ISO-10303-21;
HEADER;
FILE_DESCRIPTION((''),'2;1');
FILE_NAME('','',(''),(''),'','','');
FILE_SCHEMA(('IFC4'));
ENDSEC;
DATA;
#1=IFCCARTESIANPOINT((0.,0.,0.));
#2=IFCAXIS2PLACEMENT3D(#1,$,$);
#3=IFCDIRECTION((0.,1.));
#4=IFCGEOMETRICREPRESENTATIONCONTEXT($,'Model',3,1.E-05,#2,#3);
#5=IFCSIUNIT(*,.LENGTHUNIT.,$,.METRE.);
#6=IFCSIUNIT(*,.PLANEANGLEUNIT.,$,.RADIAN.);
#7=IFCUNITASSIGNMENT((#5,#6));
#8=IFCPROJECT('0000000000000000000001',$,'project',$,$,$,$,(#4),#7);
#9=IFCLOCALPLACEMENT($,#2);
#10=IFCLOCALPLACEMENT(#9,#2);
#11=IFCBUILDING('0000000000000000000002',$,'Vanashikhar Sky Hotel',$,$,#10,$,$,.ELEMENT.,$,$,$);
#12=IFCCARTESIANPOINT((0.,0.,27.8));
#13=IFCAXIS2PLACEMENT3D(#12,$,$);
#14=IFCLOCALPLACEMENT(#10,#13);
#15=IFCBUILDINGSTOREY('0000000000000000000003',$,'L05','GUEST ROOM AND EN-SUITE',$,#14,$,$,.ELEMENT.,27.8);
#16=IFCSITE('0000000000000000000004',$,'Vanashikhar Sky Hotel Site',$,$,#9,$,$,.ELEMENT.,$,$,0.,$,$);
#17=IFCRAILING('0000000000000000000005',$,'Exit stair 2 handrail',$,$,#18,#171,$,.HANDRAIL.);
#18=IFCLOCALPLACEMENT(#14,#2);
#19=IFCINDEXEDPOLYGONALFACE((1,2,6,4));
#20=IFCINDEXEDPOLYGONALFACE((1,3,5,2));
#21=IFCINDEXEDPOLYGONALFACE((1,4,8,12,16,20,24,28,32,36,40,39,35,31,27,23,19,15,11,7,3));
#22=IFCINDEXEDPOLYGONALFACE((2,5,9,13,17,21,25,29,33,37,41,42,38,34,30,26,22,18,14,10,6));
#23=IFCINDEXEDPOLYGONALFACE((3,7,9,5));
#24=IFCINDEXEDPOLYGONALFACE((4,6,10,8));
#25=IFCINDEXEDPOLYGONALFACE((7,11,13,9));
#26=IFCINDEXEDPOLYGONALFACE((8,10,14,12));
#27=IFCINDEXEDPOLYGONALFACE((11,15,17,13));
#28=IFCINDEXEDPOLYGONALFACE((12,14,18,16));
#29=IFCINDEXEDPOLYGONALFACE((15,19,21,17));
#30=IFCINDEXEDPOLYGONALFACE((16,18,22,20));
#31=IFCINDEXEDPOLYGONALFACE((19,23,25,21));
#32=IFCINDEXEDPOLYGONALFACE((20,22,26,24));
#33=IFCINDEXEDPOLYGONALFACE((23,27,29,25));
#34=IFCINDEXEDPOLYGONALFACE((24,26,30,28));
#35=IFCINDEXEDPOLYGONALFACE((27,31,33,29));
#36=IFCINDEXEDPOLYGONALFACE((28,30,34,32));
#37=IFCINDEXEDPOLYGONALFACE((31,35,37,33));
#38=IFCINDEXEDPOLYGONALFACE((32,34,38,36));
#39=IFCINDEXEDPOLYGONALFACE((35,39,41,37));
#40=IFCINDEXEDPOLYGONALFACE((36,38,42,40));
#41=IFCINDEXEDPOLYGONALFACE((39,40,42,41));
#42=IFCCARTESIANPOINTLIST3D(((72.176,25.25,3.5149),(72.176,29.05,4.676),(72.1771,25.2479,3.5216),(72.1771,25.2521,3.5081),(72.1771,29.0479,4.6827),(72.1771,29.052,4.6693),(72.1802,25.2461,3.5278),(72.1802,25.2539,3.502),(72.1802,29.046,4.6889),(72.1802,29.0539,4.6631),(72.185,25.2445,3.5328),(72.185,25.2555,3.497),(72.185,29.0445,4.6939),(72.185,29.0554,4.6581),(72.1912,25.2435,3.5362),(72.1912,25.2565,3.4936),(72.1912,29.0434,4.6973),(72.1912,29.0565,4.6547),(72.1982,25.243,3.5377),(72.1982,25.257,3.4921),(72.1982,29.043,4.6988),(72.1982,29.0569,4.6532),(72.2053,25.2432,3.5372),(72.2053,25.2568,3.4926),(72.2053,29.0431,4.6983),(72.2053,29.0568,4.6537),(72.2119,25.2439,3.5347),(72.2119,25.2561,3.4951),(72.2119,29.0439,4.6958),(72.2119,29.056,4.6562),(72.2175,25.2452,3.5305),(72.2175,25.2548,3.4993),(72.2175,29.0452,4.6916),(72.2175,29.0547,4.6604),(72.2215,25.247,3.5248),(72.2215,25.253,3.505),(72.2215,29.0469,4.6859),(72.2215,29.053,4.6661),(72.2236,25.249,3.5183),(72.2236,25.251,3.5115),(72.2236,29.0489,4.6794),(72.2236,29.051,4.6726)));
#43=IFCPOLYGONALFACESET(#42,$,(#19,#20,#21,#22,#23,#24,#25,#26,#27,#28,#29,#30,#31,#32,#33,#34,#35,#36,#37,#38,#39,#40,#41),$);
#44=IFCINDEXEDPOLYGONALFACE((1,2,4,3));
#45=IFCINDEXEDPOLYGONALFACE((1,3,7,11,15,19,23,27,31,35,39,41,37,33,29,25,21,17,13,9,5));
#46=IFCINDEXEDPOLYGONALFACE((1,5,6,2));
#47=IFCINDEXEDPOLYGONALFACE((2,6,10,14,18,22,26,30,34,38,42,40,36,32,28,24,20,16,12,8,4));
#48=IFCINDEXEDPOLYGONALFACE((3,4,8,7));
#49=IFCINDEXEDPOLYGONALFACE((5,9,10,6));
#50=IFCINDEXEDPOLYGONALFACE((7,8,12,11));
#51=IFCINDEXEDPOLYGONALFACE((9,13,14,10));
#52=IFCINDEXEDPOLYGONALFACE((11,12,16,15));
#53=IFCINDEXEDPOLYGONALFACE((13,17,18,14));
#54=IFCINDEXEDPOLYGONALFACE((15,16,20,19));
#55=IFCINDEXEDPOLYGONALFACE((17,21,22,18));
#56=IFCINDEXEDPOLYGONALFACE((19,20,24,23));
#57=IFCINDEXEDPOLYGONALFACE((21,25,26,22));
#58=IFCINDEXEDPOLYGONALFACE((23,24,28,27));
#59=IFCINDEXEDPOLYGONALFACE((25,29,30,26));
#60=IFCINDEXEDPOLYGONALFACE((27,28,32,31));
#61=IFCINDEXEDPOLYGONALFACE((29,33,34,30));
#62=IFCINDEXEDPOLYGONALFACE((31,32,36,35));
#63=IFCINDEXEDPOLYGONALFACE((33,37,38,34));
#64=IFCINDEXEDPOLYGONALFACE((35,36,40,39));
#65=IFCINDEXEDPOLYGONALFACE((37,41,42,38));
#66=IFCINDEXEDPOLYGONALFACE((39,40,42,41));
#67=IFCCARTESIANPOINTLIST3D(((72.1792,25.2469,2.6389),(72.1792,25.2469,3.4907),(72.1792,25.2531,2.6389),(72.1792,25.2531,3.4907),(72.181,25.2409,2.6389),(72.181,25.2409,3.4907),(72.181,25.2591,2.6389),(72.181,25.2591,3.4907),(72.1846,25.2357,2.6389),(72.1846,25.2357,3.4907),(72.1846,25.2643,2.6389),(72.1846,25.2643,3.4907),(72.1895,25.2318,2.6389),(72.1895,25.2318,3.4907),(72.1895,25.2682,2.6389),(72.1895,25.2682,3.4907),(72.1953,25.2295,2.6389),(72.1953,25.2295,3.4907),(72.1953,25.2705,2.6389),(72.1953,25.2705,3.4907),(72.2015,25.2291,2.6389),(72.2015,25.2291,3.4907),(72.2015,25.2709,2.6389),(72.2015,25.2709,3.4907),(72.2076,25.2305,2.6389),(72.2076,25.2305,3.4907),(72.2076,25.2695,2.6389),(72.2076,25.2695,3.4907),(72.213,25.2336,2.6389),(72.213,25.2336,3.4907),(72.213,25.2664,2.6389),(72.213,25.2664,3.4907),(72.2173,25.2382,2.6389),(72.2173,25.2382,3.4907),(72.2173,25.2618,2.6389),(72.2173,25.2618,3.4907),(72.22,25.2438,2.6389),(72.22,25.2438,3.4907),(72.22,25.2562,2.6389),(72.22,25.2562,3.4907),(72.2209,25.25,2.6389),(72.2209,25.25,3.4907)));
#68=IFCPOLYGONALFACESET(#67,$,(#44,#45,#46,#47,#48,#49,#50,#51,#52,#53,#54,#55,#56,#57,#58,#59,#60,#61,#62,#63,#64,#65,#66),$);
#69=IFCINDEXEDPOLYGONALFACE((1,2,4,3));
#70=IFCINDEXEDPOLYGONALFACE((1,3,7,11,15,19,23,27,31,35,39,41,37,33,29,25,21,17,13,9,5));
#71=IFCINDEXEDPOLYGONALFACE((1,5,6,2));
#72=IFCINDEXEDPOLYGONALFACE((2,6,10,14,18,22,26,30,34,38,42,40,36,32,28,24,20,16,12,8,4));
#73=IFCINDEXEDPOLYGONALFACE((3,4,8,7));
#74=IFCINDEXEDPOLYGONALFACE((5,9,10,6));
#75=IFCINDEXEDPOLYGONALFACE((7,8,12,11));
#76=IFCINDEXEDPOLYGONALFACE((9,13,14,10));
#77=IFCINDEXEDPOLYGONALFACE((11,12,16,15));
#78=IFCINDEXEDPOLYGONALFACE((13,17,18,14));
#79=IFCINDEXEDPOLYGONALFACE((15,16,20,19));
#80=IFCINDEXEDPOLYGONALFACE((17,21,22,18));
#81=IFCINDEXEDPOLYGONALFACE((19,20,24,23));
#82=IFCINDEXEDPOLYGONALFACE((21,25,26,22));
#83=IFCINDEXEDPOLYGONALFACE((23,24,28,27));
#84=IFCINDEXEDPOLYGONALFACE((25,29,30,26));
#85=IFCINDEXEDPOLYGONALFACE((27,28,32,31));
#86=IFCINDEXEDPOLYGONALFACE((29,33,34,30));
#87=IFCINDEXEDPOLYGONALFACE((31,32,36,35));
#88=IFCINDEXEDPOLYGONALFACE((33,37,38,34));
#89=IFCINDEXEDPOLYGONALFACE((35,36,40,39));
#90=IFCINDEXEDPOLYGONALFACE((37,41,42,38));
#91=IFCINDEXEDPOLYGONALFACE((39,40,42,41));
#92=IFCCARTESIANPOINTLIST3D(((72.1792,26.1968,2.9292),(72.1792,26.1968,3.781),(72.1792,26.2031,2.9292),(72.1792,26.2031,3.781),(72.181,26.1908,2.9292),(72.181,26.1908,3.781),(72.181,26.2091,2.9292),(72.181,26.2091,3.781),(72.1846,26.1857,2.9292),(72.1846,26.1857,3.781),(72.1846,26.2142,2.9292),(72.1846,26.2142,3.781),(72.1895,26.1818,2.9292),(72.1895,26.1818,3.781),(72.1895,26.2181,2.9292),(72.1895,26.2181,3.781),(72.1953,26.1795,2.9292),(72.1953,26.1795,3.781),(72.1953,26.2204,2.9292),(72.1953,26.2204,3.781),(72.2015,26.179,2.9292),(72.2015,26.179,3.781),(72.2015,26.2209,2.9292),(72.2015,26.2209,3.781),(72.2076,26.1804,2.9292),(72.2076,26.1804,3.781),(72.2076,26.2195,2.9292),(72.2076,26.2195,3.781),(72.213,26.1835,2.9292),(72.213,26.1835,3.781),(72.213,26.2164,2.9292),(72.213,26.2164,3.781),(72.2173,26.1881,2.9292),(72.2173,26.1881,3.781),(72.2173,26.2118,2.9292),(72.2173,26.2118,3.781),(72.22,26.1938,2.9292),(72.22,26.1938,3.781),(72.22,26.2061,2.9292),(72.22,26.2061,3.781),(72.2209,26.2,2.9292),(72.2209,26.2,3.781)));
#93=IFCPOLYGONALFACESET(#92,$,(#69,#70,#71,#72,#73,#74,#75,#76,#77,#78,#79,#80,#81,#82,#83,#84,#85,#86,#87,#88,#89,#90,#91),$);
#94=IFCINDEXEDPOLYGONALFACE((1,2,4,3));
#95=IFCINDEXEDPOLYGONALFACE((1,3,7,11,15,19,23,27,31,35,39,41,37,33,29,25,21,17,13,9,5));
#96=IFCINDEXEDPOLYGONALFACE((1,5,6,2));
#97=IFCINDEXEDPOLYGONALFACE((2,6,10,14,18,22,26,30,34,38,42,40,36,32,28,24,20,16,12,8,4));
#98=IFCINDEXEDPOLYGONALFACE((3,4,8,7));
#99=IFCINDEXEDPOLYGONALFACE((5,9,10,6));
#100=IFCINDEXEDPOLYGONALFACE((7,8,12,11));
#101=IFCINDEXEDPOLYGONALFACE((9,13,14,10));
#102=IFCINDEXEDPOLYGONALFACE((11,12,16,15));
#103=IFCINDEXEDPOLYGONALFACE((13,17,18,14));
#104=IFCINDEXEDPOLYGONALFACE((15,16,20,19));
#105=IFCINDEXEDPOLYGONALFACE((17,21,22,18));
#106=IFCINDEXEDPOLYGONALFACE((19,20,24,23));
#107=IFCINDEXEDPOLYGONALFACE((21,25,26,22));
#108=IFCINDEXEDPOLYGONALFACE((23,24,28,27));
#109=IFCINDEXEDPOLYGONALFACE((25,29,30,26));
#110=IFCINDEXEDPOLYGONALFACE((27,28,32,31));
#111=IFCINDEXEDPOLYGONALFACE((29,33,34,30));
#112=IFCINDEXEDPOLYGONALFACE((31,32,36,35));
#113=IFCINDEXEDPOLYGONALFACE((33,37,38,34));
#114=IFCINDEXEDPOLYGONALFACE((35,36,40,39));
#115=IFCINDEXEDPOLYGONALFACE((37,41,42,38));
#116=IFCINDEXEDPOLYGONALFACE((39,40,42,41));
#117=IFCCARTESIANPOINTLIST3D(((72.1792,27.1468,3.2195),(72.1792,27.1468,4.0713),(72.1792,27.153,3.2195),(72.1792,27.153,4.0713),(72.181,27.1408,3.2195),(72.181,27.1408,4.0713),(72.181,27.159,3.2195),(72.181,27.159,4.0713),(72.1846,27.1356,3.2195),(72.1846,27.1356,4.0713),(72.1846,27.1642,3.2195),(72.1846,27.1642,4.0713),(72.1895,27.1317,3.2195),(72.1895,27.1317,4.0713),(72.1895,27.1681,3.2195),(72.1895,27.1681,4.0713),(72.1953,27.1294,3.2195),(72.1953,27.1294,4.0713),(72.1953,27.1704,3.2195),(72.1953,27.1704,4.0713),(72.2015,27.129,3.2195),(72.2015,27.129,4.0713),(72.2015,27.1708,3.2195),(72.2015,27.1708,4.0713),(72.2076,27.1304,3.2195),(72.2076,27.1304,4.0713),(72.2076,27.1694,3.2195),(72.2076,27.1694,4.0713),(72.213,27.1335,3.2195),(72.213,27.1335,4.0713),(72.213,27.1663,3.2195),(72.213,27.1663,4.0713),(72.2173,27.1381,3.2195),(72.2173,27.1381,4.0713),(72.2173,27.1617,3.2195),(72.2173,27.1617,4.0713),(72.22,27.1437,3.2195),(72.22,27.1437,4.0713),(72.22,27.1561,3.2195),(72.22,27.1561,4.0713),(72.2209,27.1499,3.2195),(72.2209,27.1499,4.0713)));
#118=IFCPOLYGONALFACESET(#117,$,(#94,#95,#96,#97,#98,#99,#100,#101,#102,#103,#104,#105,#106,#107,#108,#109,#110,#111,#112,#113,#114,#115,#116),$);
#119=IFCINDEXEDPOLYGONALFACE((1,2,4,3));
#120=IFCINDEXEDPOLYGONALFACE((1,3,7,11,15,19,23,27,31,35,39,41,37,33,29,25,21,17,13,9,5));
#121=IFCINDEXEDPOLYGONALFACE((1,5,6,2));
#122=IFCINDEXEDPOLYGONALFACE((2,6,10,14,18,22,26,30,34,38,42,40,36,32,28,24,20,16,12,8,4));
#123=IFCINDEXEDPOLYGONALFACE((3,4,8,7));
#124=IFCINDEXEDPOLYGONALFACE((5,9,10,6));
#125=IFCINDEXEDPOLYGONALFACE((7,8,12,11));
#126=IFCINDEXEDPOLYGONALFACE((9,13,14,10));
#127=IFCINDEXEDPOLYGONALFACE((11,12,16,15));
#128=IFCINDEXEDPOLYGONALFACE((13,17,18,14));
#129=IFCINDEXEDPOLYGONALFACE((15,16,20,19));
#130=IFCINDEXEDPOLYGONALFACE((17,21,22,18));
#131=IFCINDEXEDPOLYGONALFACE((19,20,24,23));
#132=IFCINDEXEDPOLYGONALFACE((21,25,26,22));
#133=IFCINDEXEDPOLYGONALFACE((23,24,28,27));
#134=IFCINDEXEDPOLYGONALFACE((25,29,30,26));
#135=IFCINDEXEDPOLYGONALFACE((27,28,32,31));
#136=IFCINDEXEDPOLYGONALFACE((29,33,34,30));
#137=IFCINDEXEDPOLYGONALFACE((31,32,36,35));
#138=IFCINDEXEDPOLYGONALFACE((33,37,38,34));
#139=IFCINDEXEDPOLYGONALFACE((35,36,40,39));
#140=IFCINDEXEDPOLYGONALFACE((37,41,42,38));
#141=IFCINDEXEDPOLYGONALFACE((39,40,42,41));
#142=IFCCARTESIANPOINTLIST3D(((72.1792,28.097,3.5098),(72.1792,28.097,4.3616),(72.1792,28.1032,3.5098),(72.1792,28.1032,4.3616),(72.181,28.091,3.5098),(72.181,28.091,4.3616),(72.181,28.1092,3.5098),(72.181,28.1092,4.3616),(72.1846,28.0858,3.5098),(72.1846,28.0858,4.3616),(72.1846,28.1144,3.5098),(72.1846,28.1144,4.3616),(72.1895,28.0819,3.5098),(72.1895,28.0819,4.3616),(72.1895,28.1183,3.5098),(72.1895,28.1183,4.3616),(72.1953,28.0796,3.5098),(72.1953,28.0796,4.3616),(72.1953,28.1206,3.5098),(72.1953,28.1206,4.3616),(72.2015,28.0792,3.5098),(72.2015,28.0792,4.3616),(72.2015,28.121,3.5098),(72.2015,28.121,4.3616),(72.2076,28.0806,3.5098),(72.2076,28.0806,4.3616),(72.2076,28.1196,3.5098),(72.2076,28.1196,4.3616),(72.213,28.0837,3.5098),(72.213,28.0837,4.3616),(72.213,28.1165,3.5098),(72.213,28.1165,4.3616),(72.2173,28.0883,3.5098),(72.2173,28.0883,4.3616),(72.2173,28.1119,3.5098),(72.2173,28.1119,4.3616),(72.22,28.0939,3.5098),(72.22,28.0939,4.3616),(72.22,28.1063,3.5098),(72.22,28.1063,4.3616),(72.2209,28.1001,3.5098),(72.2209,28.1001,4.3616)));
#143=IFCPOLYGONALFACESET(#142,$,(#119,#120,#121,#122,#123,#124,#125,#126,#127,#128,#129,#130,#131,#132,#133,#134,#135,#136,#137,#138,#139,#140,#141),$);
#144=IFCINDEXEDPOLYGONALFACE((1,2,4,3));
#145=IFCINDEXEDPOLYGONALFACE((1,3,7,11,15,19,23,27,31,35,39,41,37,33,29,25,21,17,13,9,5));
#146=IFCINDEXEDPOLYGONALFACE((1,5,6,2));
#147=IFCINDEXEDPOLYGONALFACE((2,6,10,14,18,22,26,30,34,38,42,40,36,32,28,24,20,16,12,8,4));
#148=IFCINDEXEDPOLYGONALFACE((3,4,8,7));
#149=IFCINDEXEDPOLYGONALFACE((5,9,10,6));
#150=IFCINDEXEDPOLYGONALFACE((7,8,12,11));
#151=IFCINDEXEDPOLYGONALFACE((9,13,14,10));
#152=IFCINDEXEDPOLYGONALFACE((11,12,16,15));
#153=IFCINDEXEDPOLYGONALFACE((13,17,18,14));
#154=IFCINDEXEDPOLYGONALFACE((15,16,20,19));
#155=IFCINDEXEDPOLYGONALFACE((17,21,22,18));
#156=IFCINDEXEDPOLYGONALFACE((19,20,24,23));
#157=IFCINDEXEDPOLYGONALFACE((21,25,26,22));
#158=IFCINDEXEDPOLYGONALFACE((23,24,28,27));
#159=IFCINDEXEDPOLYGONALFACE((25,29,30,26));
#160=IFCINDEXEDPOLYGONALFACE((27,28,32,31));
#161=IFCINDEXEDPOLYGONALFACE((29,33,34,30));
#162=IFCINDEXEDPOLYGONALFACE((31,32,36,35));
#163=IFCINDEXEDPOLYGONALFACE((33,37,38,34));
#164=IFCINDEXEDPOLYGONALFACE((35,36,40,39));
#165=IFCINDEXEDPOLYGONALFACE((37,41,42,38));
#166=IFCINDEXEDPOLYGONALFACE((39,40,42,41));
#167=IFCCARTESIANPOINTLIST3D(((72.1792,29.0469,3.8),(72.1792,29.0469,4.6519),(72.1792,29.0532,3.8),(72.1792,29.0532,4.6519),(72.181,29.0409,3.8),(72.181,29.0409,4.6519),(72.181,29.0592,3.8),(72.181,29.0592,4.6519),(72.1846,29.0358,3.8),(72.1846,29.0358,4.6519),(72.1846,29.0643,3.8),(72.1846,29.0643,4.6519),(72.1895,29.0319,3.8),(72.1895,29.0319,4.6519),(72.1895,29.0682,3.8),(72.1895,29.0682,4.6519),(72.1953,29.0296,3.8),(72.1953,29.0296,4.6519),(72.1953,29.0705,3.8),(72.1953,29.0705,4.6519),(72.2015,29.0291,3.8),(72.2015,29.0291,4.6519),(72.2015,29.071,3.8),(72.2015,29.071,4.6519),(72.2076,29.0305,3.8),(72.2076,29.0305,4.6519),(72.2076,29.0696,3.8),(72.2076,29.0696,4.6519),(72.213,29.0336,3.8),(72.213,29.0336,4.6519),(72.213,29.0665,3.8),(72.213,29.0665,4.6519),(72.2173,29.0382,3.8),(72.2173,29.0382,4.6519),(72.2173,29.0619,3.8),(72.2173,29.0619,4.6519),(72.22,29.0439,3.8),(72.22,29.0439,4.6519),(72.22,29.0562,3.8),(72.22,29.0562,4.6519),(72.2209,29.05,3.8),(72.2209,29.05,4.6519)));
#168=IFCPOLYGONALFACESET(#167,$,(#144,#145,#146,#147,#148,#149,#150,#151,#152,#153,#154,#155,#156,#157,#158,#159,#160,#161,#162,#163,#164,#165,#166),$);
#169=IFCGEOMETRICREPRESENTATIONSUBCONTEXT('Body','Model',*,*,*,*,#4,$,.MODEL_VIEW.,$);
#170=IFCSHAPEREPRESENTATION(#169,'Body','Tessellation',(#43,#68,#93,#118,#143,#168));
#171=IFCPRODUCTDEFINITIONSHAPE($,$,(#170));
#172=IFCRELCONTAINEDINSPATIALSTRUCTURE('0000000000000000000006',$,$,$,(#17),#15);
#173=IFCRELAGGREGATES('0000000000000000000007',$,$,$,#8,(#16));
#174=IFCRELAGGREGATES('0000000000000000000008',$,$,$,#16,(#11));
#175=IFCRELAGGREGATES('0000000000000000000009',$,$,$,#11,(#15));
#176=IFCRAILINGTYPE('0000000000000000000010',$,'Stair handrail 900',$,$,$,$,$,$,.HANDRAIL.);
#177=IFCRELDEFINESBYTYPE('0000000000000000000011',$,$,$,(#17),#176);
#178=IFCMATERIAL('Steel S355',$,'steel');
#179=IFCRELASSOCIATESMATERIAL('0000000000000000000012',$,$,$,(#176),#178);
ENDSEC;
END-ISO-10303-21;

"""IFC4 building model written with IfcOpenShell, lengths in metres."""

from ifc_helpers import new_model, si_unit, direction, frame, origin, origin_2d, place, context, subcontext, project, spatial, circle, extrude, source, transform, mapped, material, type_object, element, save


model = new_model("IFC4")

# Units and contexts
model_context = context("Model", 3, precision=1e-05, world=origin(), true_north=direction((0.0, 1.0)))
body_context = subcontext(model_context, "Body", "Model", "MODEL_VIEW")
ifc_project = project(units=[si_unit("LENGTHUNIT", "METRE"), si_unit("PLANEANGLEUNIT", "RADIAN")], contexts=[model_context])

# Site, building, storey
site_placement = place(None, origin())
site = spatial("IfcSite", under=ifc_project, at=site_placement, Name="Vanashikhar Sky Hotel Site", CompositionType="ELEMENT", RefElevation=0.0)
building_placement = place(site_placement, origin())
building = spatial("IfcBuilding", under=site, at=building_placement, Name="Vanashikhar Sky Hotel", CompositionType="ELEMENT")
storey_placement = place(building_placement, frame((0.0, 0.0, 27.8)))
storey = spatial("IfcBuildingStorey", under=building, at=storey_placement, Name="L05", Description="GUEST ROOM AND EN-SUITE", CompositionType="ELEMENT", Elevation=27.8)

# Railing
ifc_material_1 = material(Name="Steel S355", Category="steel")
railing_type = type_object("IfcRailingType", Name="Stair handrail 900", PredefinedType="HANDRAIL", material=ifc_material_1)
shared_shape_1 = source(origin(), body_context, "Body", "SweptSolid", [
    extrude(circle(Radius=0.0239, at=origin_2d()), frame((0.0, 0.0, 0.876), z_axis=(0.0, 0.956351, 0.29222), x_axis=(-1.0, 0.0, 0.0)), (0.0, 0.0, 1.0), 3.9734),
    extrude(circle(Radius=0.021, at=origin_2d()), origin(), (0.0, 0.0, 1.0), 0.8518),
    extrude(circle(Radius=0.021, at=origin_2d()), frame((0.0, 0.95, 0.2903)), (0.0, 0.0, 1.0), 0.8518),
    extrude(circle(Radius=0.021, at=origin_2d()), frame((0.0, 1.8999, 0.5806)), (0.0, 0.0, 1.0), 0.8518),
    extrude(circle(Radius=0.021, at=origin_2d()), frame((0.0, 2.8501, 0.8708)), (0.0, 0.0, 1.0), 0.8518),
    extrude(circle(Radius=0.021, at=origin_2d()), frame((0.0, 3.8, 1.1611)), (0.0, 0.0, 1.0), 0.8518),
])
for number, where, name in (
    (1, (72.2, 25.25, 2.6389), "Exit stair 2 handrail"),
):
    element("IfcRailing", number, at=place(storey_placement, frame(where)), inside=storey, type_object=railing_type, Name=name, PredefinedType="HANDRAIL", context=body_context, shape_type="MappedRepresentation", body=[
        mapped(shared_shape_1, transform((0.0, 0.0, 0.0), scale=1.0)),
    ])

save(model, "model.ifc")
